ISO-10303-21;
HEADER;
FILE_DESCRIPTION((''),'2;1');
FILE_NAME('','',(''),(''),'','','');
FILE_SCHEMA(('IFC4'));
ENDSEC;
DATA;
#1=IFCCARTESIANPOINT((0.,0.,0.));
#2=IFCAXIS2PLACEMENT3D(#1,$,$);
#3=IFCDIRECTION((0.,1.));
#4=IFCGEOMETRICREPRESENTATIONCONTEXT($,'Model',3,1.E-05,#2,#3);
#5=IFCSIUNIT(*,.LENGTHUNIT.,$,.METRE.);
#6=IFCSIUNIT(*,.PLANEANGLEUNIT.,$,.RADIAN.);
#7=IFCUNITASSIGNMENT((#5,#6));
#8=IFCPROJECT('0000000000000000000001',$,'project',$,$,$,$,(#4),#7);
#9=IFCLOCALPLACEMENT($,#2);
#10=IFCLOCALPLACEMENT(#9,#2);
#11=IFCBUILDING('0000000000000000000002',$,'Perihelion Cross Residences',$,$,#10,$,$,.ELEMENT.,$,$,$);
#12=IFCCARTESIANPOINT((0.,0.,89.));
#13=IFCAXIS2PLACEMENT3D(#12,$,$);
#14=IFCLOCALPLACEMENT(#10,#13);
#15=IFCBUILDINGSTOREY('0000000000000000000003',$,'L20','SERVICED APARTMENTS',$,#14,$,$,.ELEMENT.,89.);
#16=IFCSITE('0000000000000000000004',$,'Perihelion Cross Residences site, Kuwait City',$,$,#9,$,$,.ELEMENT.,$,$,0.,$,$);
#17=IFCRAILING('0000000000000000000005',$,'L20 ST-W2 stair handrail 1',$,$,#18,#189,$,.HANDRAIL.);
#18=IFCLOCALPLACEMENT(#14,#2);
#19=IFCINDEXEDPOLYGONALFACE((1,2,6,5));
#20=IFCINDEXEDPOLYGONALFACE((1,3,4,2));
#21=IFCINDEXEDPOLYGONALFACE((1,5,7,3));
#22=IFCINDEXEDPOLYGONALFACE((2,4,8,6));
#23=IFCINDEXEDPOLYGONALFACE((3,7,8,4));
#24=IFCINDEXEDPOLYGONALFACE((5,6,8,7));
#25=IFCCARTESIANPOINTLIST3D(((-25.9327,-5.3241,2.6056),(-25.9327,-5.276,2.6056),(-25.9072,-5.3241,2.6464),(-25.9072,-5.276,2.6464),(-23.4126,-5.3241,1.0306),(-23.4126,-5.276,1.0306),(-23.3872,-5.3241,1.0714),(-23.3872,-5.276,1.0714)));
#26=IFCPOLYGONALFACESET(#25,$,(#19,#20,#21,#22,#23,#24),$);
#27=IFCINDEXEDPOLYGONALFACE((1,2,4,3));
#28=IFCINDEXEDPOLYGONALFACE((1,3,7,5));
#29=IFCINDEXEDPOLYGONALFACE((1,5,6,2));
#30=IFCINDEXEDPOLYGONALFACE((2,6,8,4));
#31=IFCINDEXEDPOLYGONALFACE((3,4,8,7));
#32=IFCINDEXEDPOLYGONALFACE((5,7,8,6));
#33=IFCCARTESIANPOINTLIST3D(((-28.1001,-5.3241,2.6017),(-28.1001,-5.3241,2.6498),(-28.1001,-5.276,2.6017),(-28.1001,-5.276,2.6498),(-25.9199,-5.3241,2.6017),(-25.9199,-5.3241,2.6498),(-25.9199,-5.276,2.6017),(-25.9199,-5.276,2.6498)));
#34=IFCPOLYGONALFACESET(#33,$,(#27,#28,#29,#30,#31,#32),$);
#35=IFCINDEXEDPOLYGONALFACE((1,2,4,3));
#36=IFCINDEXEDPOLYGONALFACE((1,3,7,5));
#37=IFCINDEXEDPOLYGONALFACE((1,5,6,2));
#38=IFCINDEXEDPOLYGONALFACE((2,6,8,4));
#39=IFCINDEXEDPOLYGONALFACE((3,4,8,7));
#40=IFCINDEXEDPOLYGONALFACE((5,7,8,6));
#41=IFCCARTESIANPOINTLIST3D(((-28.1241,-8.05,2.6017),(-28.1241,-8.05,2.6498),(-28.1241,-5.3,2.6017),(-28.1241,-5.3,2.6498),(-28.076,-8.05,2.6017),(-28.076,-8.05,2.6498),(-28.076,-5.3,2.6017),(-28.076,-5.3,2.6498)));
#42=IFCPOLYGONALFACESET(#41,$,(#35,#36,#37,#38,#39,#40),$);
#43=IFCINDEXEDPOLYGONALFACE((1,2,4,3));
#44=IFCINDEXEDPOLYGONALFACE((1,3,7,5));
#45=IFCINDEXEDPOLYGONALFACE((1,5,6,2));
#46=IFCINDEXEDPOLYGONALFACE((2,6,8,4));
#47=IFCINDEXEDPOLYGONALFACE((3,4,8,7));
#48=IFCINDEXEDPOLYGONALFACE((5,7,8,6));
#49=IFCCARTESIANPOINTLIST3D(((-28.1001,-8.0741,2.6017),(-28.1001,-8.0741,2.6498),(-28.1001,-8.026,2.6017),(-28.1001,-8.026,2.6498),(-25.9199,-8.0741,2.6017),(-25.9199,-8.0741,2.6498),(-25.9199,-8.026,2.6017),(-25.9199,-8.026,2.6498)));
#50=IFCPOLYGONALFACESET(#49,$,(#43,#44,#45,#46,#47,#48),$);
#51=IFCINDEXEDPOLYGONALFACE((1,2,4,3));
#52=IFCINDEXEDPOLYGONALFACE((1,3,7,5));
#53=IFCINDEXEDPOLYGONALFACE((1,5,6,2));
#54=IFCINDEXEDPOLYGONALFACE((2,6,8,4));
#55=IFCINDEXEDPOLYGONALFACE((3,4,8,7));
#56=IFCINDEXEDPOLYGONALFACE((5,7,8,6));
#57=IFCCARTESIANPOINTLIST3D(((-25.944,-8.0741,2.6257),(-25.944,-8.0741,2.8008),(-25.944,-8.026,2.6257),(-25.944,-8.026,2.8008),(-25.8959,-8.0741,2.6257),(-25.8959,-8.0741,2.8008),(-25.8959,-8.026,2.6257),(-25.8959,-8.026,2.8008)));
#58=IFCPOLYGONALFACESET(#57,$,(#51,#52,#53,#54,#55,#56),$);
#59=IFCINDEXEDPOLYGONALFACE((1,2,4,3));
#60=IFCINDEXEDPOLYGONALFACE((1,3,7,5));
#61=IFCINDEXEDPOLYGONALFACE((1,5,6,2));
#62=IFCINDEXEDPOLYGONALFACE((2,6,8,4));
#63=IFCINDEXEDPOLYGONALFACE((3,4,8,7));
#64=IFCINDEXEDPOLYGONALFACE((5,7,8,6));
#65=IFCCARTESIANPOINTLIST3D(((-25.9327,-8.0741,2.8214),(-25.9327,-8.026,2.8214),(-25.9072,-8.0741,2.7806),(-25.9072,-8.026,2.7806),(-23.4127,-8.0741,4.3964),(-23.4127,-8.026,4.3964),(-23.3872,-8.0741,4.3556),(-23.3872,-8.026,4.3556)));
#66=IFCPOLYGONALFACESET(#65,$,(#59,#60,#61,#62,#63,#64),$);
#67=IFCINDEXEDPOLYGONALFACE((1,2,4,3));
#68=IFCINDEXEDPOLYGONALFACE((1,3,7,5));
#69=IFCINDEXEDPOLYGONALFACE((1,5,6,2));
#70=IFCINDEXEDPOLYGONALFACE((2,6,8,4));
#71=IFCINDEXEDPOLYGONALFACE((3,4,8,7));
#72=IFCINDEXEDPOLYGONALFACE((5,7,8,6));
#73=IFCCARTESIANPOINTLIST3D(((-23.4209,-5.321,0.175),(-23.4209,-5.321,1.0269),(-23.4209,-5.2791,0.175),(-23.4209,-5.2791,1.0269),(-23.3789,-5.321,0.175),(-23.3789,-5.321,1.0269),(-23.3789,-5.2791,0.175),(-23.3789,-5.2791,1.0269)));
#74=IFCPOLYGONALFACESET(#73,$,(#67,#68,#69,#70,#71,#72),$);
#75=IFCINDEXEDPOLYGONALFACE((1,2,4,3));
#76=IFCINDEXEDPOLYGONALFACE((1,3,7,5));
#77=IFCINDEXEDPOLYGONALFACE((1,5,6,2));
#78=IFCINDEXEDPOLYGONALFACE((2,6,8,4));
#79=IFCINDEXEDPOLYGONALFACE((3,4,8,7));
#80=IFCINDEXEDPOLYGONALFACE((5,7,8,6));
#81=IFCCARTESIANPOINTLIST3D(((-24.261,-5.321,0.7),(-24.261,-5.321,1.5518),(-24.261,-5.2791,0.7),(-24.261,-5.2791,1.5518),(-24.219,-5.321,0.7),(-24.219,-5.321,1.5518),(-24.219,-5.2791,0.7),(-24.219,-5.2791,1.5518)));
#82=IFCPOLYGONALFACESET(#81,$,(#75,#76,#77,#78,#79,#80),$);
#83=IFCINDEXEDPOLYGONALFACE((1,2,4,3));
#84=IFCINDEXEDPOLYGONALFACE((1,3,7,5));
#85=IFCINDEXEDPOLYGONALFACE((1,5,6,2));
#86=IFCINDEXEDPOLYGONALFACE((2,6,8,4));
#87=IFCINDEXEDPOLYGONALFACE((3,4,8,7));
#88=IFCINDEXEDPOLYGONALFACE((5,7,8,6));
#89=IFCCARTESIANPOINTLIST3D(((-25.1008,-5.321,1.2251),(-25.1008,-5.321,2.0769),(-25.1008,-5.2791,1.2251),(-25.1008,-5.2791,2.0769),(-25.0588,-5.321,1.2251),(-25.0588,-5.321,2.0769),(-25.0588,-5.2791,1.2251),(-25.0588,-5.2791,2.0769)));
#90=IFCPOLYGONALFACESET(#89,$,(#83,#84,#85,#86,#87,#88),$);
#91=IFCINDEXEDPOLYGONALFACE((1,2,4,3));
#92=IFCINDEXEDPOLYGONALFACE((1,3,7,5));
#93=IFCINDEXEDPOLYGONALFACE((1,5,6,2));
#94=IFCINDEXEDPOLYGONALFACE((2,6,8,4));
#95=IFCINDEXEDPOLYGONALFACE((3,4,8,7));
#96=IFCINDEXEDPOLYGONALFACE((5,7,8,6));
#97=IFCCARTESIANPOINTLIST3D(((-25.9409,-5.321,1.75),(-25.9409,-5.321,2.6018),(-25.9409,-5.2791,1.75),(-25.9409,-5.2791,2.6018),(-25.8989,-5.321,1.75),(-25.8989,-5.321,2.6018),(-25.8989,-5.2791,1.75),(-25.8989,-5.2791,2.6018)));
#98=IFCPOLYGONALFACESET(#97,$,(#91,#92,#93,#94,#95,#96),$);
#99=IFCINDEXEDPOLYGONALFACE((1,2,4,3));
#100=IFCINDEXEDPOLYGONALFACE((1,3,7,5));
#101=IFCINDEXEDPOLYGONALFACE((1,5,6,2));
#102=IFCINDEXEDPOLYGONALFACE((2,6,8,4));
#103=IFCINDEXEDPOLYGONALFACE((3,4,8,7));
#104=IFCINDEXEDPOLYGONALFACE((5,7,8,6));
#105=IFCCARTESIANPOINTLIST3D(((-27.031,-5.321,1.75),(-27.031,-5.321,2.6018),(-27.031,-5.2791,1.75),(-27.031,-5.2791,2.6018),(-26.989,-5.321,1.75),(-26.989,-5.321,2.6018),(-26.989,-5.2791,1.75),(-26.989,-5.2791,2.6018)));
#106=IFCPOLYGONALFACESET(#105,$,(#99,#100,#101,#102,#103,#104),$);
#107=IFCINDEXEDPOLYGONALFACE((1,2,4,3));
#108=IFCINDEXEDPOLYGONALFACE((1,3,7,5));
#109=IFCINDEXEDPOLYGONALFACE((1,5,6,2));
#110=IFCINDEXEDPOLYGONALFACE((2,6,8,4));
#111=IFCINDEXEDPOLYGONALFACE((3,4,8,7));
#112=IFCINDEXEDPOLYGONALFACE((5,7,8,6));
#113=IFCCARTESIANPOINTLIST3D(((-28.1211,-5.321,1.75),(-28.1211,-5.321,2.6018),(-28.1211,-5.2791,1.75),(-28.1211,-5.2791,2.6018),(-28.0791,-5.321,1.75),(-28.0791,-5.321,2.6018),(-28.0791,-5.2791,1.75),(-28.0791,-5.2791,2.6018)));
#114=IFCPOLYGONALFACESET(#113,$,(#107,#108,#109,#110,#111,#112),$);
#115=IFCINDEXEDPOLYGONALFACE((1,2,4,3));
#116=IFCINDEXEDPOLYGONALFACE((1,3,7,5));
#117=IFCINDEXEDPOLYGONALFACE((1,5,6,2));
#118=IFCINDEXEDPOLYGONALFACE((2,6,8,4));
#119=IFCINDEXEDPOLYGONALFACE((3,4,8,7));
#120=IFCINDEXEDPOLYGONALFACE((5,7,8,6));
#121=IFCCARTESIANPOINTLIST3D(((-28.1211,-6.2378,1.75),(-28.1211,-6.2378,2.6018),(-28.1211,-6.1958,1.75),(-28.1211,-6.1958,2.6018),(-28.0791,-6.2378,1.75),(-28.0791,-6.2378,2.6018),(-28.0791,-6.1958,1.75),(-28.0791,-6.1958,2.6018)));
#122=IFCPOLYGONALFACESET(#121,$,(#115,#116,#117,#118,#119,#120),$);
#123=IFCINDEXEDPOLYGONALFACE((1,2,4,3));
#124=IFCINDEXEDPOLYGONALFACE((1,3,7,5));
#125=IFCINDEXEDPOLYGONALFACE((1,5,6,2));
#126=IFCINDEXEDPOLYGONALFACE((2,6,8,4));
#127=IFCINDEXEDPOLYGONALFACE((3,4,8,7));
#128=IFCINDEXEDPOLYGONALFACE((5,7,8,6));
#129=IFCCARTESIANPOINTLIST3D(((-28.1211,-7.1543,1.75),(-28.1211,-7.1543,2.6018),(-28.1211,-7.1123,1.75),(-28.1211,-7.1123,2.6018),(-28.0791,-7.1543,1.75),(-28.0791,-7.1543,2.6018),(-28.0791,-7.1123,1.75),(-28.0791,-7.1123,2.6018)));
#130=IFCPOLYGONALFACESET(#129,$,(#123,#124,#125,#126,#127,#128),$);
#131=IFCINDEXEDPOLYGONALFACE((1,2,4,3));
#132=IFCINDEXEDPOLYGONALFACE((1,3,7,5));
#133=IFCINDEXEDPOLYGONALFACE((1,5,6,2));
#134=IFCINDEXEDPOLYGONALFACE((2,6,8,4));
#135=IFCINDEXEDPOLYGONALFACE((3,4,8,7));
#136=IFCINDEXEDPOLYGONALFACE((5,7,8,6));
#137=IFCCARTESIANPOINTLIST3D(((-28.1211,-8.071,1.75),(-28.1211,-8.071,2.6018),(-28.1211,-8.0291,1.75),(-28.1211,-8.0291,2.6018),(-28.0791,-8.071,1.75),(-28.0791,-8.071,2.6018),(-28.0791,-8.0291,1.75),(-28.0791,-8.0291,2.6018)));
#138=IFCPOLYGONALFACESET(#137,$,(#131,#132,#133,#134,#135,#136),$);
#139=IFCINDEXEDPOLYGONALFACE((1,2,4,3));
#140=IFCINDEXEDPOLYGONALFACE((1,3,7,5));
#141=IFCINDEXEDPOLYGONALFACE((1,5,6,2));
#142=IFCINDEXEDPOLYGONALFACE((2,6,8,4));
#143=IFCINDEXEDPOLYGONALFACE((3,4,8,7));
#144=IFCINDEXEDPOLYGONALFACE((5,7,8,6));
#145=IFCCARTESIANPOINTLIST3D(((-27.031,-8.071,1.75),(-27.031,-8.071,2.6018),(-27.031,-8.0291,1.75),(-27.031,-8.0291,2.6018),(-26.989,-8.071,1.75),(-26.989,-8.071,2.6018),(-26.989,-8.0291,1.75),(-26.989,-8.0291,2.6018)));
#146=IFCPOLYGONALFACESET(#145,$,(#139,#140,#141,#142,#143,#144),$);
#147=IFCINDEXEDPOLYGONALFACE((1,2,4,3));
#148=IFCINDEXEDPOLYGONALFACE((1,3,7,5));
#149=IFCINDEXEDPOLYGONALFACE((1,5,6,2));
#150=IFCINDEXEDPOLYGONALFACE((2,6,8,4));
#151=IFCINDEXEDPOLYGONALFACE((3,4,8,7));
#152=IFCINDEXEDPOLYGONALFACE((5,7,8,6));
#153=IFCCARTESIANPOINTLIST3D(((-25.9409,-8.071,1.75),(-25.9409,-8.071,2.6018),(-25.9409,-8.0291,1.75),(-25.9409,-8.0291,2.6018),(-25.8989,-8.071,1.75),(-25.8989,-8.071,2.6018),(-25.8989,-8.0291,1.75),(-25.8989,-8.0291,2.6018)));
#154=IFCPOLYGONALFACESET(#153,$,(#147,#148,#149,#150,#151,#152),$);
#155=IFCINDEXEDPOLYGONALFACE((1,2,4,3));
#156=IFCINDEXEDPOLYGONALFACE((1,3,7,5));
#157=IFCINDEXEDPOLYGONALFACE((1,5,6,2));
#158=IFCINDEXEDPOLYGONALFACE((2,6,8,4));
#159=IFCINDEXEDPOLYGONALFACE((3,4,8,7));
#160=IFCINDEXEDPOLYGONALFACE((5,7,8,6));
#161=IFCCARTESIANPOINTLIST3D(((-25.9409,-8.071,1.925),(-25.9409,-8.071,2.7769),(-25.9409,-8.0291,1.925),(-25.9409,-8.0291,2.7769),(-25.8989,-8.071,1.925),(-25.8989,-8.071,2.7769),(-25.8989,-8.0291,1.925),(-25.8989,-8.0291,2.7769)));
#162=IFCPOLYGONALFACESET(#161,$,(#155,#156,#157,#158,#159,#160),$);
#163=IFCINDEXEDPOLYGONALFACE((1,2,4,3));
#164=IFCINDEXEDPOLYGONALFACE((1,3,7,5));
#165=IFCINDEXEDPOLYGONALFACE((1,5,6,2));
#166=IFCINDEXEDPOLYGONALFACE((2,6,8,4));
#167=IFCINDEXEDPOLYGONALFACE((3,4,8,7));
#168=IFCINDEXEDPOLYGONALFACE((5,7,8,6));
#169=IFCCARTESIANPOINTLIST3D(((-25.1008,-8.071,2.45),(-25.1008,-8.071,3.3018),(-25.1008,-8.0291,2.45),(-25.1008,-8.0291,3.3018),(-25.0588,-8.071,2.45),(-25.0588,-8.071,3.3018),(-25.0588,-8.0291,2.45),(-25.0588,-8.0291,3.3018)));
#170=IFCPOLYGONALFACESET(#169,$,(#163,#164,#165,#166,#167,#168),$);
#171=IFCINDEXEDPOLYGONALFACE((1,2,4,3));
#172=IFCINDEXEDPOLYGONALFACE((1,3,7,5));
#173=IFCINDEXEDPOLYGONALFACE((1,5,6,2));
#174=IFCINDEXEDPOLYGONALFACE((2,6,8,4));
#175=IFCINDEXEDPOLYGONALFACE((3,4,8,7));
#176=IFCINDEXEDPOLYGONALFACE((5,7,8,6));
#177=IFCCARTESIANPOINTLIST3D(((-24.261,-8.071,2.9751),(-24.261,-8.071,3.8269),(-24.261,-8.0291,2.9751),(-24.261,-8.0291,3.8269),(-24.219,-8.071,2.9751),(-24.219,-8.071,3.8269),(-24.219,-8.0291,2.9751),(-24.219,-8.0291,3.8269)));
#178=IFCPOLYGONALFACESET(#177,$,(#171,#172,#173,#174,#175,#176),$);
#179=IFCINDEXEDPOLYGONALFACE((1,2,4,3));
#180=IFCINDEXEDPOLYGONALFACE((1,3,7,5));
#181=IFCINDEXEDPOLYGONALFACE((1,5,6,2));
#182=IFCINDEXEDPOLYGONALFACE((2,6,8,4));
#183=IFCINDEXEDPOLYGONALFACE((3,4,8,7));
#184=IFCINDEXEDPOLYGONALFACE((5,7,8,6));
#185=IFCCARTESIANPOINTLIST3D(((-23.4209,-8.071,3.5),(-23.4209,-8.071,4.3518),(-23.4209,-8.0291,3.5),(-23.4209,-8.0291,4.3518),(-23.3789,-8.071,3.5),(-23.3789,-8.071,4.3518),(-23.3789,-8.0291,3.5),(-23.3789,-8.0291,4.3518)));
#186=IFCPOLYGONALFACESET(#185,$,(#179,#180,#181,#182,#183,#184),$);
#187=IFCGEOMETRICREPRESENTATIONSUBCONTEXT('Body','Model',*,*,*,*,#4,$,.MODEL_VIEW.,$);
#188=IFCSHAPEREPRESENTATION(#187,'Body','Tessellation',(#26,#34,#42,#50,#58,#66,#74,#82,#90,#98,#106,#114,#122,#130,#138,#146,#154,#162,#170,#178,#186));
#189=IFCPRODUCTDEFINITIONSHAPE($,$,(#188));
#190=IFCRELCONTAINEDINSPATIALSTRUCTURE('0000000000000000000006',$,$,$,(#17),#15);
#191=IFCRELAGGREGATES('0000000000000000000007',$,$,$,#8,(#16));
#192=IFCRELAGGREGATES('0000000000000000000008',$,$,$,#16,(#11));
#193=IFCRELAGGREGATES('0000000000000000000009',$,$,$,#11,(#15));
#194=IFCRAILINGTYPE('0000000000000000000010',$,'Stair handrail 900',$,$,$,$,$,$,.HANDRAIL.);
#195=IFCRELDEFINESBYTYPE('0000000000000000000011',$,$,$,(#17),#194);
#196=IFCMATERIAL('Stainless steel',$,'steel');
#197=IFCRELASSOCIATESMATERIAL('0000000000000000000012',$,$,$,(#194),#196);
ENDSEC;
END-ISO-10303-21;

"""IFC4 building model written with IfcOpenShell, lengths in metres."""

from ifc_helpers import new_model, si_unit, direction, frame, origin, origin_2d, place, context, subcontext, project, spatial, rectangle, extrude, material, type_object, element, save


model = new_model("IFC4")

# Units and contexts
model_context = context("Model", 3, precision=1e-05, world=origin(), true_north=direction((0.0, 1.0)))
body_context = subcontext(model_context, "Body", "Model", "MODEL_VIEW")
ifc_project = project(units=[si_unit("LENGTHUNIT", "METRE"), si_unit("PLANEANGLEUNIT", "RADIAN")], contexts=[model_context])

# Site, building, storey
site_placement = place(None, origin())
site = spatial("IfcSite", under=ifc_project, at=site_placement, Name="Perihelion Cross Residences site, Kuwait City", CompositionType="ELEMENT", RefElevation=0.0)
building_placement = place(site_placement, origin())
building = spatial("IfcBuilding", under=site, at=building_placement, Name="Perihelion Cross Residences", CompositionType="ELEMENT")
storey_placement = place(building_placement, frame((0.0, 0.0, 89.0)))
storey = spatial("IfcBuildingStorey", under=building, at=storey_placement, Name="L20", Description="SERVICED APARTMENTS", CompositionType="ELEMENT", Elevation=89.0)

# Railing
ifc_material_1 = material(Name="Stainless steel", Category="steel")
railing_type_1 = type_object("IfcRailingType", Name="Stair handrail 900", PredefinedType="HANDRAIL", material=ifc_material_1)
railing_1_placement = place(storey_placement, frame((-23.3999, -5.3, 0.175)))
element("IfcRailing", 1, at=railing_1_placement, inside=storey, type_object=railing_type_1, Name="L20 ST-W2 stair handrail 1", PredefinedType="HANDRAIL", context=body_context, shape_type="SweptSolid", body=[
    extrude(rectangle(XDim=0.0481, YDim=0.0481, at=origin_2d()), frame((0.0, 0.0, 0.876), z_axis=(-0.848008, 0.0, 0.529984), x_axis=(0.0, -1.0, 0.0)), (0.0, 0.0, 1.0), 2.9717),
    extrude(rectangle(XDim=0.0481, YDim=0.0481, at=origin_2d()), frame((-2.52, 0.0, 2.4507), z_axis=(-1.0, 0.0, 0.0), x_axis=(0.0, -1.0, 0.0)), (0.0, 0.0, 1.0), 2.1802),
    extrude(rectangle(XDim=0.0481, YDim=0.0481, at=origin_2d()), frame((-4.7002, 0.0, 2.4507), z_axis=(0.0, -1.0, 0.0), x_axis=(1.0, 0.0, 0.0)), (0.0, 0.0, 1.0), 2.75),
    extrude(rectangle(XDim=0.0481, YDim=0.0481, at=origin_2d()), frame((-4.7002, -2.75, 2.4507), z_axis=(1.0, 0.0, 0.0), x_axis=(0.0, 1.0, 0.0)), (0.0, 0.0, 1.0), 2.1802),
    extrude(rectangle(XDim=0.0481, YDim=0.0481, at=origin_2d()), frame((-2.52, -2.75, 2.4507), z_axis=(0.0, 0.0, 1.0), x_axis=(1.0, 0.0, 0.0)), (0.0, 0.0, 1.0), 0.175),
    extrude(rectangle(XDim=0.0481, YDim=0.0481, at=origin_2d()), frame((-2.52, -2.75, 2.626), z_axis=(0.848008, 0.0, 0.529984), x_axis=(0.0, 1.0, 0.0)), (0.0, 0.0, 1.0), 2.9717),
    extrude(rectangle(XDim=0.042, YDim=0.042, at=origin_2d()), origin(), (0.0, 0.0, 1.0), 0.8518),
    extrude(rectangle(XDim=0.042, YDim=0.042, at=origin_2d()), frame((-0.8401, 0.0, 0.5249)), (0.0, 0.0, 1.0), 0.8518),
    extrude(rectangle(XDim=0.042, YDim=0.042, at=origin_2d()), frame((-1.6799, 0.0, 1.05)), (0.0, 0.0, 1.0), 0.8518),
    extrude(rectangle(XDim=0.042, YDim=0.042, at=origin_2d()), frame((-2.52, 0.0, 1.575)), (0.0, 0.0, 1.0), 0.8518),
    extrude(rectangle(XDim=0.042, YDim=0.042, at=origin_2d()), frame((-3.6101, 0.0, 1.575)), (0.0, 0.0, 1.0), 0.8518),
    extrude(rectangle(XDim=0.042, YDim=0.042, at=origin_2d()), frame((-4.7002, 0.0, 1.575)), (0.0, 0.0, 1.0), 0.8518),
    extrude(rectangle(XDim=0.042, YDim=0.042, at=origin_2d()), frame((-4.7002, -0.9167, 1.575)), (0.0, 0.0, 1.0), 0.8518),
    extrude(rectangle(XDim=0.042, YDim=0.042, at=origin_2d()), frame((-4.7002, -1.8333, 1.575)), (0.0, 0.0, 1.0), 0.8518),
    extrude(rectangle(XDim=0.042, YDim=0.042, at=origin_2d()), frame((-4.7002, -2.75, 1.575)), (0.0, 0.0, 1.0), 0.8518),
    extrude(rectangle(XDim=0.042, YDim=0.042, at=origin_2d()), frame((-3.6101, -2.75, 1.575)), (0.0, 0.0, 1.0), 0.8518),
    extrude(rectangle(XDim=0.042, YDim=0.042, at=origin_2d()), frame((-2.52, -2.75, 1.575)), (0.0, 0.0, 1.0), 0.8518),
    extrude(rectangle(XDim=0.042, YDim=0.042, at=origin_2d()), frame((-2.52, -2.75, 1.75)), (0.0, 0.0, 1.0), 0.8518),
    extrude(rectangle(XDim=0.042, YDim=0.042, at=origin_2d()), frame((-1.6799, -2.75, 2.2749)), (0.0, 0.0, 1.0), 0.8518),
    extrude(rectangle(XDim=0.042, YDim=0.042, at=origin_2d()), frame((-0.8401, -2.75, 2.8)), (0.0, 0.0, 1.0), 0.8518),
    extrude(rectangle(XDim=0.042, YDim=0.042, at=origin_2d()), frame((0.0, -2.75, 3.325)), (0.0, 0.0, 1.0), 0.8518),
])

save(model, "model.ifc")
